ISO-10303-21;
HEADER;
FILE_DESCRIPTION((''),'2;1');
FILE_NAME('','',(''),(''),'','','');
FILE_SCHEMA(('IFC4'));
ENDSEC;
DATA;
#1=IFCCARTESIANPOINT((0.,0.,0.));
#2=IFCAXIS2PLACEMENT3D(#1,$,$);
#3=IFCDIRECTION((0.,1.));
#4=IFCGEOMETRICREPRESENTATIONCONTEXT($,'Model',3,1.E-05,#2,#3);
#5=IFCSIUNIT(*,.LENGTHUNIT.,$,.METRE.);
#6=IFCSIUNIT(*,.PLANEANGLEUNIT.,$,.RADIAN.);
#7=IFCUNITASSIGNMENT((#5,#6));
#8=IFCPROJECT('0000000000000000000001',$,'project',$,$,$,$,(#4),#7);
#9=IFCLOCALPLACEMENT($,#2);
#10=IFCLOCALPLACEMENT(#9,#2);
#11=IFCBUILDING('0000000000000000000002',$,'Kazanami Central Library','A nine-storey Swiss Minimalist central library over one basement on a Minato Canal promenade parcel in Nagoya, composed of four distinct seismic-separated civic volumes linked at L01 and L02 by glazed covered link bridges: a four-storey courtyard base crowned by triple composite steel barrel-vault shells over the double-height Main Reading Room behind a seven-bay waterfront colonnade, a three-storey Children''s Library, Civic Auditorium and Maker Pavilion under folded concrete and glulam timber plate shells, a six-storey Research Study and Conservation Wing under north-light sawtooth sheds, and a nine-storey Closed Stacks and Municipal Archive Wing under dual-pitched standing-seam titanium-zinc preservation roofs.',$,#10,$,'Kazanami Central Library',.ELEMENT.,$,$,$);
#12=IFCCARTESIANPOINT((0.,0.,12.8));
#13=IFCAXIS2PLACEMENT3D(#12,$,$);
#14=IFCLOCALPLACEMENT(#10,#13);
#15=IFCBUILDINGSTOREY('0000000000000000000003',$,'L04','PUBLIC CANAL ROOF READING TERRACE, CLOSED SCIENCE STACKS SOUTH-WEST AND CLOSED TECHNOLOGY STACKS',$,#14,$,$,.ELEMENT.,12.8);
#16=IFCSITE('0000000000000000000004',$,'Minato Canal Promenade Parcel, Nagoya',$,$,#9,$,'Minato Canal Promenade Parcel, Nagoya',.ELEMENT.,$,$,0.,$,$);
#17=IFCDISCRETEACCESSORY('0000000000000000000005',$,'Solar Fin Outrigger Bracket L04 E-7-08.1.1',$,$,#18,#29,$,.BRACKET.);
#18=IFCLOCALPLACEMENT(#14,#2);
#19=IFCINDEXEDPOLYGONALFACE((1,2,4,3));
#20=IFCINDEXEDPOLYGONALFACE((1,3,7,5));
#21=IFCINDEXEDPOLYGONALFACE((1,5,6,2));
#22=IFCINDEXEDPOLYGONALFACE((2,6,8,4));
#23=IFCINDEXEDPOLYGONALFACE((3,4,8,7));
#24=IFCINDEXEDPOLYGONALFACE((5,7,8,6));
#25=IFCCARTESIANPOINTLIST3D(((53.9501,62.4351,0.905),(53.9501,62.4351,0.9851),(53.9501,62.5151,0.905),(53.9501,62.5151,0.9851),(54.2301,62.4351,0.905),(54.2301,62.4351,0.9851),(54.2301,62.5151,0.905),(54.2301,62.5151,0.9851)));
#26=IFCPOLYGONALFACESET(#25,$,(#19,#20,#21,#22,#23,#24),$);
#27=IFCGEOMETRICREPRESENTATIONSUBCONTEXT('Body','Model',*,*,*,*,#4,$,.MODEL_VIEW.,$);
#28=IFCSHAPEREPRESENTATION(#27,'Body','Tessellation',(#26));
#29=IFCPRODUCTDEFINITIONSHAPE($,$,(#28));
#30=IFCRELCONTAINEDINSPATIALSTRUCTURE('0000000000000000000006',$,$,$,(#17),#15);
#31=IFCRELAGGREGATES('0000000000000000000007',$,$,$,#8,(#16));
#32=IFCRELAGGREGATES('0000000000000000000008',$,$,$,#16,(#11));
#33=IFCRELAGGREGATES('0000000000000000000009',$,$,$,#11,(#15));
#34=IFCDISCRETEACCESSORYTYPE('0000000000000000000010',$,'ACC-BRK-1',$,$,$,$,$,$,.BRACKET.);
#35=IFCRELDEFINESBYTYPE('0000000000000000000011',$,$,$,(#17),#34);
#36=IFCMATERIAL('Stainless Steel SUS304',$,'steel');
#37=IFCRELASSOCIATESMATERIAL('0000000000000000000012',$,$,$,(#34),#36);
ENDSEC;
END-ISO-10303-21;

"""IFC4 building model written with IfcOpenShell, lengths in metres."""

from ifc_helpers import new_model, si_unit, direction, frame, origin, origin_2d, place, context, subcontext, project, spatial, rectangle, extrude, material, type_object, element, save


model = new_model("IFC4")

# Units and contexts
model_context = context("Model", 3, precision=1e-05, world=origin(), true_north=direction((0.0, 1.0)))
body_context = subcontext(model_context, "Body", "Model", "MODEL_VIEW")
ifc_project = project(units=[si_unit("LENGTHUNIT", "METRE"), si_unit("PLANEANGLEUNIT", "RADIAN")], contexts=[model_context])

# Site, building, storey
site_placement = place(None, origin())
site = spatial("IfcSite", under=ifc_project, at=site_placement, Name="Minato Canal Promenade Parcel, Nagoya", LongName="Minato Canal Promenade Parcel, Nagoya", CompositionType="ELEMENT", RefElevation=0.0)
building_placement = place(site_placement, origin())
building = spatial("IfcBuilding", under=site, at=building_placement, Name="Kazanami Central Library", Description="A nine-storey Swiss Minimalist central library over one basement on a Minato Canal promenade parcel in Nagoya, composed of four distinct seismic-separated civic volumes linked at L01 and L02 by glazed covered link bridges: a four-storey courtyard base crowned by triple composite steel barrel-vault shells over the double-height Main Reading Room behind a seven-bay waterfront colonnade, a three-storey Children's Library, Civic Auditorium and Maker Pavilion under folded concrete and glulam timber plate shells, a six-storey Research Study and Conservation Wing under north-light sawtooth sheds, and a nine-storey Closed Stacks and Municipal Archive Wing under dual-pitched standing-seam titanium-zinc preservation roofs.", LongName="Kazanami Central Library", CompositionType="ELEMENT")
storey_placement = place(building_placement, frame((0.0, 0.0, 12.8)))
storey = spatial("IfcBuildingStorey", under=building, at=storey_placement, Name="L04", Description="PUBLIC CANAL ROOF READING TERRACE, CLOSED SCIENCE STACKS SOUTH-WEST AND CLOSED TECHNOLOGY STACKS", CompositionType="ELEMENT", Elevation=12.8)

# Discrete accessory
ifc_material_1 = material(Name="Stainless Steel SUS304", Category="steel")
discrete_accessory_type = type_object("IfcDiscreteAccessoryType", Name="ACC-BRK-1", PredefinedType="BRACKET", material=ifc_material_1)
discrete_accessory_placement = place(storey_placement, frame((54.0901, 62.4751, 0.905), z_axis=(0.0, 0.0, 1.0), x_axis=(0.0, -1.0, 0.0)))
element("IfcDiscreteAccessory", 1, at=discrete_accessory_placement, inside=storey, type_object=discrete_accessory_type, Name="Solar Fin Outrigger Bracket L04 E-7-08.1.1", PredefinedType="BRACKET", context=body_context, shape_type="SweptSolid", body=[
    extrude(rectangle(XDim=0.0801, YDim=0.28, at=origin_2d()), origin(), (0.0, 0.0, 1.0), 0.0801),
])

save(model, "model.ifc")
